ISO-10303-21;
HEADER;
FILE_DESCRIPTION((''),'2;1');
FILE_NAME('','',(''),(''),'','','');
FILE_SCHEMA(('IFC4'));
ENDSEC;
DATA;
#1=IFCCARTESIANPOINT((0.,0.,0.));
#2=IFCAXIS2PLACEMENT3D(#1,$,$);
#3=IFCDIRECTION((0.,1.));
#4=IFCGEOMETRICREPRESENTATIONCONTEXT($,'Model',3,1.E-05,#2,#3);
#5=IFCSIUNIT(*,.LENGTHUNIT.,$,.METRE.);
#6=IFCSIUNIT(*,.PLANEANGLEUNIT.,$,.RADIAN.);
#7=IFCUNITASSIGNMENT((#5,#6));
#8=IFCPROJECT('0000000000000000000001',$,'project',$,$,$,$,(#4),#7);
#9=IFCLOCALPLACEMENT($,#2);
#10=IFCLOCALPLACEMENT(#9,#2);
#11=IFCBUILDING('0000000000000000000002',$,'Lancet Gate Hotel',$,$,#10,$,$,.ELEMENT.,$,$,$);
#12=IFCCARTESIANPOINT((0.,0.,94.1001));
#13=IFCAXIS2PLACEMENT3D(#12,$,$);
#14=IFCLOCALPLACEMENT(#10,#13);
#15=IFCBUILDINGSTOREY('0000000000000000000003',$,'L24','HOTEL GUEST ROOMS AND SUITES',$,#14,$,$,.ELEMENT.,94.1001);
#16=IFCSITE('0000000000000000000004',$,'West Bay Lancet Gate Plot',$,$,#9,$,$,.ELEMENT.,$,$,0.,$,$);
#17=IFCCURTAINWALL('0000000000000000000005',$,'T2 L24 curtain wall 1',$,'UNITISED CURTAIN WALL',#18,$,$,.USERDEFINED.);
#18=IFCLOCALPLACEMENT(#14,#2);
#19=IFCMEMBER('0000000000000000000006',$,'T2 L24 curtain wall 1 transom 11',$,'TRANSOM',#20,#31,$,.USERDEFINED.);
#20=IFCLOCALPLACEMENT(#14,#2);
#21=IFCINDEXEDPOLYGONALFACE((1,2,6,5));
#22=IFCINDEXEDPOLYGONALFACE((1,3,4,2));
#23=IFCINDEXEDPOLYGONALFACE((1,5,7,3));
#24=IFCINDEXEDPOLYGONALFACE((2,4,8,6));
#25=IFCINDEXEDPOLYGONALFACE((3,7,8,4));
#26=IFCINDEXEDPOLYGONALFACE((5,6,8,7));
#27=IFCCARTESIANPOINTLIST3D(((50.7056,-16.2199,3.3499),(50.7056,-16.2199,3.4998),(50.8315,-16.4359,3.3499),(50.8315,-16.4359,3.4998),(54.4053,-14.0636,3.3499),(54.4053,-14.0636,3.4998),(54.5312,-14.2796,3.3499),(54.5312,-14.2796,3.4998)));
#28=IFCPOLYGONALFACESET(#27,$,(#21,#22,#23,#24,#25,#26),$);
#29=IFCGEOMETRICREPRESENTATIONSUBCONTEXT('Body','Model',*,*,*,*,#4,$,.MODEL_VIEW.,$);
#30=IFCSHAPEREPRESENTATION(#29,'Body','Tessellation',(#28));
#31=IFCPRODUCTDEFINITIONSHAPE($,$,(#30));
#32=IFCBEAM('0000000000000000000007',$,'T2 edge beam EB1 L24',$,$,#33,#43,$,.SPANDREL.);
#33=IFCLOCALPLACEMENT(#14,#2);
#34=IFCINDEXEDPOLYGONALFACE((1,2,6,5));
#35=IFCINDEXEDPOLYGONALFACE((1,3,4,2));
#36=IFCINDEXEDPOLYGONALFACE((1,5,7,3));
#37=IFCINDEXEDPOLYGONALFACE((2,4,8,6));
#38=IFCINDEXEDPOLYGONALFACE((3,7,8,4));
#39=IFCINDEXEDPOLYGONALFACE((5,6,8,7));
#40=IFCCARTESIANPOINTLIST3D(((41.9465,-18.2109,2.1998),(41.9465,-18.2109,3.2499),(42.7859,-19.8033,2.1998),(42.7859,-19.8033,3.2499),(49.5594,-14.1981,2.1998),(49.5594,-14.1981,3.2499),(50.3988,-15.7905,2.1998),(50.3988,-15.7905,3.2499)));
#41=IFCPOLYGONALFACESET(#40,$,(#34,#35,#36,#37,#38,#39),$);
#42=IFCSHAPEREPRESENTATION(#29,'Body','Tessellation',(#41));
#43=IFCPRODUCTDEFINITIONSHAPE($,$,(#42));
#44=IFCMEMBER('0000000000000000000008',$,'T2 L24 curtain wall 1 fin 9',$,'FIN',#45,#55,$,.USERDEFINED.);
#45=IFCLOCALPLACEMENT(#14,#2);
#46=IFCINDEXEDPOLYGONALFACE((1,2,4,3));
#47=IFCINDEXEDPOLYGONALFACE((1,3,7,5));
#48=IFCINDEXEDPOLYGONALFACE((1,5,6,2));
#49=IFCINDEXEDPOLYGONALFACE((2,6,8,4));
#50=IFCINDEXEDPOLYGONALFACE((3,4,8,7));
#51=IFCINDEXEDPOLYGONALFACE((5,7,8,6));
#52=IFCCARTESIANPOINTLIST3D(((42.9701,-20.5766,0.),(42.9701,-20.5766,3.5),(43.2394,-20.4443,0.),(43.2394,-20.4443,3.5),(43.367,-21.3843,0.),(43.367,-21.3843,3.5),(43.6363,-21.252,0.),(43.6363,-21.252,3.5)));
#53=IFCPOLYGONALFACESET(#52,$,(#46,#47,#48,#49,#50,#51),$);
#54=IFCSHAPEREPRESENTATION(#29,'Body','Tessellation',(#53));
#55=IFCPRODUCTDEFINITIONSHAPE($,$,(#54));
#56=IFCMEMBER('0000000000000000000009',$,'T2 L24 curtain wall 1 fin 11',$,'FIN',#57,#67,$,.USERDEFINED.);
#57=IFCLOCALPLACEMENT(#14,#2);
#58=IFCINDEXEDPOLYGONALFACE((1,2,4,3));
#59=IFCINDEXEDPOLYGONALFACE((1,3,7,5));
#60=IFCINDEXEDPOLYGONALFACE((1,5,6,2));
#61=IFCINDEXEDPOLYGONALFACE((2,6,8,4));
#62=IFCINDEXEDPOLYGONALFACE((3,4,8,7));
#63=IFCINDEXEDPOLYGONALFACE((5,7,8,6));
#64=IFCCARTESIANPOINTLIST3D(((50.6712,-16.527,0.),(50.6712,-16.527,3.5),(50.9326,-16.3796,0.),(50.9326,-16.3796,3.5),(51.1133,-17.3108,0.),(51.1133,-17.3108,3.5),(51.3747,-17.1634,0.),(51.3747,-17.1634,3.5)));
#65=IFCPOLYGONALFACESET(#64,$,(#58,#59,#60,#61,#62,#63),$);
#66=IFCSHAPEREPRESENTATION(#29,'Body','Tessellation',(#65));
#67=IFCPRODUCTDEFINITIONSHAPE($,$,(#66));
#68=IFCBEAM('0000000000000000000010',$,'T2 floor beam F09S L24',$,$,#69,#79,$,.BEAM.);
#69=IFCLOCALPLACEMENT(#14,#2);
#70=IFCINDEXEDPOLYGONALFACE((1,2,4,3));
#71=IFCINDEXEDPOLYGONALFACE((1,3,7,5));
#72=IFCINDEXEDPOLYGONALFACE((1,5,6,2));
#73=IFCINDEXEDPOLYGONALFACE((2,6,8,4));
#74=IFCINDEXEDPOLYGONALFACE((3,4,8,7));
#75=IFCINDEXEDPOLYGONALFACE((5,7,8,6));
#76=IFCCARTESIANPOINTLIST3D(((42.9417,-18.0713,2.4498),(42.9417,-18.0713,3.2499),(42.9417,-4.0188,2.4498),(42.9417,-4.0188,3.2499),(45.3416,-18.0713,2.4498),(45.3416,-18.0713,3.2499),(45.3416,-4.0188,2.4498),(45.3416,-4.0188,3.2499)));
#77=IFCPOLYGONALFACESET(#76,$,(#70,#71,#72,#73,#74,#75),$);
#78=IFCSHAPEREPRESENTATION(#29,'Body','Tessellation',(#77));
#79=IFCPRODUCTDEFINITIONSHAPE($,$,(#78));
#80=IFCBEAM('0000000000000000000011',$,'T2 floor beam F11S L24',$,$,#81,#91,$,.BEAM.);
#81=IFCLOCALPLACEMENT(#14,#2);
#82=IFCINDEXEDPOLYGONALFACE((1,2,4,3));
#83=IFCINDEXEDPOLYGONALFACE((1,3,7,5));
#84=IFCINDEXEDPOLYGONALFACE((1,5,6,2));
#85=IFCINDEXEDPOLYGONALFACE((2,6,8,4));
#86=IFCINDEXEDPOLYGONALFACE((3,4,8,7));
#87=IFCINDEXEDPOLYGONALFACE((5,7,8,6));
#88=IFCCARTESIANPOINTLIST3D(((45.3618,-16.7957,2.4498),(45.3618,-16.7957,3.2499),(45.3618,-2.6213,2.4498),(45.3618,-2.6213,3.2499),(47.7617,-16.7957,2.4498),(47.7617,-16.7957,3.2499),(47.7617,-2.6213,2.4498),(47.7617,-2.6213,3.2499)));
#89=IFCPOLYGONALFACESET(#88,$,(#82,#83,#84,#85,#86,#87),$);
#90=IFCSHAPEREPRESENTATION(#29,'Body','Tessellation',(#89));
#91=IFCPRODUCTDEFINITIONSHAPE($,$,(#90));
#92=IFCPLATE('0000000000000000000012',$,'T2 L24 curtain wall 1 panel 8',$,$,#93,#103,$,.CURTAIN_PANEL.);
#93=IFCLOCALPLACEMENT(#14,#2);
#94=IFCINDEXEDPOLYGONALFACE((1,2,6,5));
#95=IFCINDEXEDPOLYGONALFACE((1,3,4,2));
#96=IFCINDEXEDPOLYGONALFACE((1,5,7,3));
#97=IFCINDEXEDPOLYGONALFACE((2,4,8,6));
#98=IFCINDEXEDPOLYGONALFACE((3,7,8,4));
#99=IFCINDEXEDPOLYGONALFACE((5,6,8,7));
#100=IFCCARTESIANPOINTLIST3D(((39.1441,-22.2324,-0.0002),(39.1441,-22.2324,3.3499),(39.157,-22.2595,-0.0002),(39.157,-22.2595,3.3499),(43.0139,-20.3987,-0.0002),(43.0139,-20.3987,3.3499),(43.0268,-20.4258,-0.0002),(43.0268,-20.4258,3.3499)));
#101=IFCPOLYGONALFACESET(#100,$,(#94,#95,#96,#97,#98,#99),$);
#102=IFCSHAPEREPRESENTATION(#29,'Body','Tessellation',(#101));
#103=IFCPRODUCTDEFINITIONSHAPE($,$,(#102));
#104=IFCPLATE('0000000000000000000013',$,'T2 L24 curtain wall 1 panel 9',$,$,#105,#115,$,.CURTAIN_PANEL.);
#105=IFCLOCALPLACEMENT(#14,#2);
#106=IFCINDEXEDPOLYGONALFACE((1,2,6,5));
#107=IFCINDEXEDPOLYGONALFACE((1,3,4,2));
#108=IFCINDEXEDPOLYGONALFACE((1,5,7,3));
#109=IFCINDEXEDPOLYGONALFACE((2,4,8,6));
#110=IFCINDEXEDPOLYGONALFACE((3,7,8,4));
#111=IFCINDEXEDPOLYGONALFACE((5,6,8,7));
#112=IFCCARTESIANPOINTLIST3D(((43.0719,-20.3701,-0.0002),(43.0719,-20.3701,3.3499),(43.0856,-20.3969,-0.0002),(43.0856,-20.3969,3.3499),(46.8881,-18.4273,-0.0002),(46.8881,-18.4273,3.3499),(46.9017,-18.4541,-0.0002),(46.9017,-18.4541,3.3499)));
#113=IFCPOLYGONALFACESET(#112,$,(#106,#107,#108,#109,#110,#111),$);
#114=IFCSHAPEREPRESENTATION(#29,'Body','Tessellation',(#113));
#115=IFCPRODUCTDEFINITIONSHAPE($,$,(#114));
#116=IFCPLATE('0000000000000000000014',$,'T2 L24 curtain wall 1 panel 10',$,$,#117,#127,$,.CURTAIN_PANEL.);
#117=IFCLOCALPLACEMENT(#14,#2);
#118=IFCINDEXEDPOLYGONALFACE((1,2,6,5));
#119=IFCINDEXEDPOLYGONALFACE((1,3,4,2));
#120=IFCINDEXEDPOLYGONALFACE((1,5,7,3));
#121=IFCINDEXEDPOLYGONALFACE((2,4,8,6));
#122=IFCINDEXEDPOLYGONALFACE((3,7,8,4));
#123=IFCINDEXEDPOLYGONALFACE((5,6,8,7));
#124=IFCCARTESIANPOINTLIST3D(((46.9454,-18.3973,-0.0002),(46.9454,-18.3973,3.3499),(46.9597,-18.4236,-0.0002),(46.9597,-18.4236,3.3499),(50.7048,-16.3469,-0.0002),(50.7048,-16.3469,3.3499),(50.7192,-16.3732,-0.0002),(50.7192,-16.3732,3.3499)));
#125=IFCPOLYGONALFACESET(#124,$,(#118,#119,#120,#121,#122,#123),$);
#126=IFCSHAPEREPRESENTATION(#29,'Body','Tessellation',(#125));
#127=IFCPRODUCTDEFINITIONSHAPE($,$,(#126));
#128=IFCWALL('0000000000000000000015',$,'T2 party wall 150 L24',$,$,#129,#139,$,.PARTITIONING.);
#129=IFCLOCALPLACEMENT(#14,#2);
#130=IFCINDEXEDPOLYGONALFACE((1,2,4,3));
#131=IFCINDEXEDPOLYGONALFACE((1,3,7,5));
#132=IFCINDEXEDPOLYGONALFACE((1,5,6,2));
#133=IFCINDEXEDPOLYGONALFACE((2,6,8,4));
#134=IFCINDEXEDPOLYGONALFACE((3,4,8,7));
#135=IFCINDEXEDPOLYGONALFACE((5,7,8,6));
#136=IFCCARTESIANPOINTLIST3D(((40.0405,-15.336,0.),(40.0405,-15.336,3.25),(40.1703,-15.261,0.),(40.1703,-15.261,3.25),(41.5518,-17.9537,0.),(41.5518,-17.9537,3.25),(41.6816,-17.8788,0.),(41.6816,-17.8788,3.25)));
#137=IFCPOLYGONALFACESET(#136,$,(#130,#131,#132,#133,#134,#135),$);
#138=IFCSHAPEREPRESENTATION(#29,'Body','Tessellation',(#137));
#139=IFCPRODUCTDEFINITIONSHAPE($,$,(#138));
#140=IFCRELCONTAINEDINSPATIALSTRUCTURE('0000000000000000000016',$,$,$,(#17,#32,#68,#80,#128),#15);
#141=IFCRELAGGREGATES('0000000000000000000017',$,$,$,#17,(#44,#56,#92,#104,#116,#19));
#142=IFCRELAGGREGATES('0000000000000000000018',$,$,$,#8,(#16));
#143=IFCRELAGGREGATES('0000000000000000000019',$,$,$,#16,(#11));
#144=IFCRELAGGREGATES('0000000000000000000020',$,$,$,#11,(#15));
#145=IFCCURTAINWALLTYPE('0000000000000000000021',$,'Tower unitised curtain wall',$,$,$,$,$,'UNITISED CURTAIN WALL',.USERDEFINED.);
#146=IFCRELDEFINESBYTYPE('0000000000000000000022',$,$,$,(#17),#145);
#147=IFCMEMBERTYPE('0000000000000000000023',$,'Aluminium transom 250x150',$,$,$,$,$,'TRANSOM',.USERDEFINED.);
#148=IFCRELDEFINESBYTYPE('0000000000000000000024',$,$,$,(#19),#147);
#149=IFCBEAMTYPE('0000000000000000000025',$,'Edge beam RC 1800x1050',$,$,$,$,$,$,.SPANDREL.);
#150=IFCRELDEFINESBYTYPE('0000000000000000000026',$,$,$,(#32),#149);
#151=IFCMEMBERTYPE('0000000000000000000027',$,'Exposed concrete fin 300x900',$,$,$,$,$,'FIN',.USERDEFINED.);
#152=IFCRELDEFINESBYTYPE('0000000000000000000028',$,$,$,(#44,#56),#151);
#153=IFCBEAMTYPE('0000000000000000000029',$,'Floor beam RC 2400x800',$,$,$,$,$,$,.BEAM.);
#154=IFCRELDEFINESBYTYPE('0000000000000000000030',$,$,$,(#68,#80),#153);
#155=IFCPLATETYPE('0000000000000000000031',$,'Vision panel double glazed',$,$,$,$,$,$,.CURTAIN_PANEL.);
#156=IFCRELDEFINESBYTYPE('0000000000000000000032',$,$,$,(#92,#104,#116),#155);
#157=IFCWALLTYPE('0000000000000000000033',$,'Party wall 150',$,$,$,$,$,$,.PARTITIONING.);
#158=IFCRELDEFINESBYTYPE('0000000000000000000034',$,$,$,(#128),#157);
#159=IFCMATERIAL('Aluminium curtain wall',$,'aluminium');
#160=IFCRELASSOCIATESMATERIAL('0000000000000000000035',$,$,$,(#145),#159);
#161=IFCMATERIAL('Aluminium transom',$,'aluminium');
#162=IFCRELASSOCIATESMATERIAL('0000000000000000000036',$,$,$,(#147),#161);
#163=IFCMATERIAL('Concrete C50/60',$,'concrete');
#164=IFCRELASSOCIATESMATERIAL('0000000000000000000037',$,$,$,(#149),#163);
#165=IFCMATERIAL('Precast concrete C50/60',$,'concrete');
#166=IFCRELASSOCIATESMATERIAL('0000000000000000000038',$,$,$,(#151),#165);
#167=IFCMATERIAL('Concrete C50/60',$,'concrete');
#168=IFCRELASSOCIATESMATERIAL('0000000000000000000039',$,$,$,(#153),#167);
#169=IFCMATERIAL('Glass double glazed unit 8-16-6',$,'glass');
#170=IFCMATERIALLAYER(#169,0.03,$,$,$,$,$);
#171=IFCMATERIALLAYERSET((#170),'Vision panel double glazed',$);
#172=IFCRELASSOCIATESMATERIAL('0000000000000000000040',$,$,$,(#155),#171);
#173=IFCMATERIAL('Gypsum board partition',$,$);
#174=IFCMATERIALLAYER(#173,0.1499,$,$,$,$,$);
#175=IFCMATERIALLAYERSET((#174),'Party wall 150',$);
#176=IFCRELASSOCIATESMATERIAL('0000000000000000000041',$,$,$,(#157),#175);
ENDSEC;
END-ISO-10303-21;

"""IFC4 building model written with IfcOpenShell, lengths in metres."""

from ifc_helpers import new_model, si_unit, direction, frame, frame_2d, origin, origin_2d, place, context, subcontext, project, spatial, rectangle, extrude, material, layer, layer_set, material_profile, profile_set, type_object, element, aggregate, save


model = new_model("IFC4")

# Units and contexts
model_context = context("Model", 3, precision=1e-05, world=origin(), true_north=direction((0.0, 1.0)))
body_context = subcontext(model_context, "Body", "Model", "MODEL_VIEW")
ifc_project = project(units=[si_unit("LENGTHUNIT", "METRE"), si_unit("PLANEANGLEUNIT", "RADIAN")], contexts=[model_context])

# Site, building, storey
site_placement = place(None, origin())
site = spatial("IfcSite", under=ifc_project, at=site_placement, Name="West Bay Lancet Gate Plot", CompositionType="ELEMENT", RefElevation=0.0)
building_placement = place(site_placement, origin())
building = spatial("IfcBuilding", under=site, at=building_placement, Name="Lancet Gate Hotel", CompositionType="ELEMENT")
storey_placement = place(building_placement, frame((0.0, 0.0, 94.1001)))
storey = spatial("IfcBuildingStorey", under=building, at=storey_placement, Name="L24", Description="HOTEL GUEST ROOMS AND SUITES", CompositionType="ELEMENT", Elevation=94.1001)

# Curtain wall, member
ifc_material_1 = material(Name="Aluminium curtain wall", Category="aluminium")
curtain_wall_type = type_object("IfcCurtainWallType", Name="Tower unitised curtain wall", ElementType="UNITISED CURTAIN WALL", PredefinedType="USERDEFINED", material=ifc_material_1)
curtain_wall_placement = place(storey_placement, origin())
curtain_wall = element("IfcCurtainWall", 1, at=curtain_wall_placement, inside=storey, type_object=curtain_wall_type, Name="T2 L24 curtain wall 1", ObjectType="UNITISED CURTAIN WALL", PredefinedType="USERDEFINED")
ifc_material_2 = material(Name="Aluminium transom", Category="aluminium")
ifc_material_profile_1 = material_profile(ifc_material_2, rectangle(XDim=0.25, YDim=0.1499, at=origin_2d()), Name="TRANSOM 250x150")
ifc_profile_set_1 = profile_set([ifc_material_profile_1], Name="Aluminium transom")
member_type_1 = type_object("IfcMemberType", Name="Aluminium transom 250x150", ElementType="TRANSOM", PredefinedType="USERDEFINED", material=ifc_profile_set_1)
member_1_placement = place(storey_placement, frame((50.7686, -16.3279, 3.4248), z_axis=(0.863973, 0.503538, 0.0), x_axis=(-0.503538, 0.863973, 0.0)))
member_1 = element("IfcMember", 2, at=member_1_placement, type_object=member_type_1, Name="T2 L24 curtain wall 1 transom 11", ObjectType="TRANSOM", PredefinedType="USERDEFINED", context=body_context, shape_type="SweptSolid", body=[
    extrude(rectangle(XDim=0.25, YDim=0.1499, at=origin_2d()), origin(), (0.0, 0.0, 1.0), 4.2822),
])

# Beam
ifc_material_3 = material(Name="Concrete C50/60", Category="concrete")
ifc_material_profile_2 = material_profile(ifc_material_3, rectangle(XDim=1.8, YDim=1.05, at=origin_2d()), Name="RC 1800x1050")
ifc_profile_set_2 = profile_set([ifc_material_profile_2], Name="Concrete C50/60")
beam_type_1 = type_object("IfcBeamType", Name="Edge beam RC 1800x1050", PredefinedType="SPANDREL", material=ifc_profile_set_2)
beam_1_placement = place(storey_placement, frame((42.3662, -19.0071, 2.7249), z_axis=(0.884633, 0.466289, 0.0), x_axis=(-0.466289, 0.884633, 0.0)))
element("IfcBeam", 3, at=beam_1_placement, inside=storey, type_object=beam_type_1, Name="T2 edge beam EB1 L24", PredefinedType="SPANDREL", context=body_context, shape_type="SweptSolid", body=[
    extrude(rectangle(XDim=1.8, YDim=1.05, at=origin_2d()), origin(), (0.0, 0.0, 1.0), 8.6057),
])

# Members
ifc_material_4 = material(Name="Precast concrete C50/60", Category="concrete")
ifc_material_profile_3 = material_profile(ifc_material_4, rectangle(XDim=0.3, YDim=0.8999, at=origin_2d()), Name="FIN 300x900")
ifc_profile_set_3 = profile_set([ifc_material_profile_3], Name="Precast concrete C50/60")
member_type_2 = type_object("IfcMemberType", Name="Exposed concrete fin 300x900", ElementType="FIN", PredefinedType="USERDEFINED", material=ifc_profile_set_3)
member_2_placement = place(storey_placement, frame((43.3032, -20.9143, 0.0), z_axis=(0.0, 0.0, 1.0), x_axis=(0.897512, 0.44099, 0.0)))
member_2 = element("IfcMember", 4, at=member_2_placement, type_object=member_type_2, Name="T2 L24 curtain wall 1 fin 9", ObjectType="FIN", PredefinedType="USERDEFINED", context=body_context, shape_type="SweptSolid", body=[
    extrude(rectangle(XDim=0.3, YDim=0.8999, at=origin_2d()), origin(), (0.0, 0.0, 1.0), 3.5),
])
member_3_placement = place(storey_placement, frame((51.0229, -16.8452, 0.0), z_axis=(0.0, 0.0, 1.0), x_axis=(0.871029, 0.491232, 0.0)))
member_3 = element("IfcMember", 5, at=member_3_placement, type_object=member_type_2, Name="T2 L24 curtain wall 1 fin 11", ObjectType="FIN", PredefinedType="USERDEFINED", context=body_context, shape_type="SweptSolid", body=[
    extrude(rectangle(XDim=0.3, YDim=0.8999, at=origin_2d()), origin(), (0.0, 0.0, 1.0), 3.5),
])

# Beams
ifc_material_5 = material(Name="Concrete C50/60", Category="concrete")
ifc_material_profile_4 = material_profile(ifc_material_5, rectangle(XDim=2.3999, YDim=0.8, at=origin_2d()), Name="RC 2400x800")
ifc_profile_set_4 = profile_set([ifc_material_profile_4], Name="Concrete C50/60")
beam_type_2 = type_object("IfcBeamType", Name="Floor beam RC 2400x800", PredefinedType="BEAM", material=ifc_profile_set_4)
beam_2_placement = place(storey_placement, frame((44.1416, -18.0713, 2.8499), z_axis=(0.0, 1.0, 0.0), x_axis=(-1.0, 0.0, 0.0)))
element("IfcBeam", 6, at=beam_2_placement, inside=storey, type_object=beam_type_2, Name="T2 floor beam F09S L24", PredefinedType="BEAM", context=body_context, shape_type="SweptSolid", body=[
    extrude(rectangle(XDim=2.3999, YDim=0.8, at=origin_2d()), origin(), (0.0, 0.0, 1.0), 14.0525),
])
beam_3_placement = place(storey_placement, frame((46.5618, -16.7957, 2.8499), z_axis=(0.0, 1.0, 0.0), x_axis=(-1.0, 0.0, 0.0)))
element("IfcBeam", 7, at=beam_3_placement, inside=storey, type_object=beam_type_2, Name="T2 floor beam F11S L24", PredefinedType="BEAM", context=body_context, shape_type="SweptSolid", body=[
    extrude(rectangle(XDim=2.3999, YDim=0.8, at=origin_2d()), origin(), (0.0, 0.0, 1.0), 14.1743),
])

# Plates
ifc_material_6 = material(Name="Glass double glazed unit 8-16-6", Category="glass")
ifc_layer_1 = layer(ifc_material_6, 0.03)
ifc_layer_set_1 = layer_set([ifc_layer_1], Name="Vision panel double glazed")
plate_type = type_object("IfcPlateType", Name="Vision panel double glazed", PredefinedType="CURTAIN_PANEL", material=ifc_layer_set_1)
plate_1_placement = place(storey_placement, frame((41.0854, -21.3291, -0.0002), z_axis=(0.0, 0.0, 1.0), x_axis=(0.903683, 0.428201, 0.0)))
plate_1 = element("IfcPlate", 8, at=plate_1_placement, type_object=plate_type, Name="T2 L24 curtain wall 1 panel 8", PredefinedType="CURTAIN_PANEL", context=body_context, shape_type="SweptSolid", body=[
    extrude(rectangle(XDim=4.2822, YDim=0.03, at=origin_2d()), origin(), (0.0, 0.0, 1.0), 3.3501),
])
plate_2_placement = place(storey_placement, frame((44.9868, -19.4121, -0.0002), z_axis=(0.0, 0.0, 1.0), x_axis=(0.891159, 0.45369, 0.0)))
plate_2 = element("IfcPlate", 9, at=plate_2_placement, type_object=plate_type, Name="T2 L24 curtain wall 1 panel 9", PredefinedType="CURTAIN_PANEL", context=body_context, shape_type="SweptSolid", body=[
    extrude(rectangle(XDim=4.2822, YDim=0.03, at=origin_2d()), origin(), (0.0, 0.0, 1.0), 3.3501),
])
plate_3_placement = place(storey_placement, frame((48.8323, -17.3853, -0.0002), z_axis=(0.0, 0.0, 1.0), x_axis=(0.877916, 0.478814, 0.0)))
plate_3 = element("IfcPlate", 10, at=plate_3_placement, type_object=plate_type, Name="T2 L24 curtain wall 1 panel 10", PredefinedType="CURTAIN_PANEL", context=body_context, shape_type="SweptSolid", body=[
    extrude(rectangle(XDim=4.2822, YDim=0.03, at=origin_2d()), origin(), (0.0, 0.0, 1.0), 3.3501),
])
aggregate(curtain_wall, [member_2, member_3, plate_1, plate_2, plate_3, member_1])

# Wall
ifc_material_7 = material(Name="Gypsum board partition")
ifc_layer_2 = layer(ifc_material_7, 0.1499)
ifc_layer_set_2 = layer_set([ifc_layer_2], Name="Party wall 150")
wall_type = type_object("IfcWallType", Name="Party wall 150", PredefinedType="PARTITIONING", material=ifc_layer_set_2)
wall_placement = place(storey_placement, frame((40.1055, -15.2986, 0.0), z_axis=(0.0, 0.0, 1.0), x_axis=(0.499979, -0.866038, 0.0)))
element("IfcWall", 11, at=wall_placement, inside=storey, type_object=wall_type, Name="T2 party wall 150 L24", PredefinedType="PARTITIONING", context=body_context, shape_type="SweptSolid", body=[
    extrude(rectangle(XDim=3.0227, YDim=0.1499, at=frame_2d((1.5112, 0.0))), origin(), (0.0, 0.0, 1.0), 3.25),
])

save(model, "model.ifc")
